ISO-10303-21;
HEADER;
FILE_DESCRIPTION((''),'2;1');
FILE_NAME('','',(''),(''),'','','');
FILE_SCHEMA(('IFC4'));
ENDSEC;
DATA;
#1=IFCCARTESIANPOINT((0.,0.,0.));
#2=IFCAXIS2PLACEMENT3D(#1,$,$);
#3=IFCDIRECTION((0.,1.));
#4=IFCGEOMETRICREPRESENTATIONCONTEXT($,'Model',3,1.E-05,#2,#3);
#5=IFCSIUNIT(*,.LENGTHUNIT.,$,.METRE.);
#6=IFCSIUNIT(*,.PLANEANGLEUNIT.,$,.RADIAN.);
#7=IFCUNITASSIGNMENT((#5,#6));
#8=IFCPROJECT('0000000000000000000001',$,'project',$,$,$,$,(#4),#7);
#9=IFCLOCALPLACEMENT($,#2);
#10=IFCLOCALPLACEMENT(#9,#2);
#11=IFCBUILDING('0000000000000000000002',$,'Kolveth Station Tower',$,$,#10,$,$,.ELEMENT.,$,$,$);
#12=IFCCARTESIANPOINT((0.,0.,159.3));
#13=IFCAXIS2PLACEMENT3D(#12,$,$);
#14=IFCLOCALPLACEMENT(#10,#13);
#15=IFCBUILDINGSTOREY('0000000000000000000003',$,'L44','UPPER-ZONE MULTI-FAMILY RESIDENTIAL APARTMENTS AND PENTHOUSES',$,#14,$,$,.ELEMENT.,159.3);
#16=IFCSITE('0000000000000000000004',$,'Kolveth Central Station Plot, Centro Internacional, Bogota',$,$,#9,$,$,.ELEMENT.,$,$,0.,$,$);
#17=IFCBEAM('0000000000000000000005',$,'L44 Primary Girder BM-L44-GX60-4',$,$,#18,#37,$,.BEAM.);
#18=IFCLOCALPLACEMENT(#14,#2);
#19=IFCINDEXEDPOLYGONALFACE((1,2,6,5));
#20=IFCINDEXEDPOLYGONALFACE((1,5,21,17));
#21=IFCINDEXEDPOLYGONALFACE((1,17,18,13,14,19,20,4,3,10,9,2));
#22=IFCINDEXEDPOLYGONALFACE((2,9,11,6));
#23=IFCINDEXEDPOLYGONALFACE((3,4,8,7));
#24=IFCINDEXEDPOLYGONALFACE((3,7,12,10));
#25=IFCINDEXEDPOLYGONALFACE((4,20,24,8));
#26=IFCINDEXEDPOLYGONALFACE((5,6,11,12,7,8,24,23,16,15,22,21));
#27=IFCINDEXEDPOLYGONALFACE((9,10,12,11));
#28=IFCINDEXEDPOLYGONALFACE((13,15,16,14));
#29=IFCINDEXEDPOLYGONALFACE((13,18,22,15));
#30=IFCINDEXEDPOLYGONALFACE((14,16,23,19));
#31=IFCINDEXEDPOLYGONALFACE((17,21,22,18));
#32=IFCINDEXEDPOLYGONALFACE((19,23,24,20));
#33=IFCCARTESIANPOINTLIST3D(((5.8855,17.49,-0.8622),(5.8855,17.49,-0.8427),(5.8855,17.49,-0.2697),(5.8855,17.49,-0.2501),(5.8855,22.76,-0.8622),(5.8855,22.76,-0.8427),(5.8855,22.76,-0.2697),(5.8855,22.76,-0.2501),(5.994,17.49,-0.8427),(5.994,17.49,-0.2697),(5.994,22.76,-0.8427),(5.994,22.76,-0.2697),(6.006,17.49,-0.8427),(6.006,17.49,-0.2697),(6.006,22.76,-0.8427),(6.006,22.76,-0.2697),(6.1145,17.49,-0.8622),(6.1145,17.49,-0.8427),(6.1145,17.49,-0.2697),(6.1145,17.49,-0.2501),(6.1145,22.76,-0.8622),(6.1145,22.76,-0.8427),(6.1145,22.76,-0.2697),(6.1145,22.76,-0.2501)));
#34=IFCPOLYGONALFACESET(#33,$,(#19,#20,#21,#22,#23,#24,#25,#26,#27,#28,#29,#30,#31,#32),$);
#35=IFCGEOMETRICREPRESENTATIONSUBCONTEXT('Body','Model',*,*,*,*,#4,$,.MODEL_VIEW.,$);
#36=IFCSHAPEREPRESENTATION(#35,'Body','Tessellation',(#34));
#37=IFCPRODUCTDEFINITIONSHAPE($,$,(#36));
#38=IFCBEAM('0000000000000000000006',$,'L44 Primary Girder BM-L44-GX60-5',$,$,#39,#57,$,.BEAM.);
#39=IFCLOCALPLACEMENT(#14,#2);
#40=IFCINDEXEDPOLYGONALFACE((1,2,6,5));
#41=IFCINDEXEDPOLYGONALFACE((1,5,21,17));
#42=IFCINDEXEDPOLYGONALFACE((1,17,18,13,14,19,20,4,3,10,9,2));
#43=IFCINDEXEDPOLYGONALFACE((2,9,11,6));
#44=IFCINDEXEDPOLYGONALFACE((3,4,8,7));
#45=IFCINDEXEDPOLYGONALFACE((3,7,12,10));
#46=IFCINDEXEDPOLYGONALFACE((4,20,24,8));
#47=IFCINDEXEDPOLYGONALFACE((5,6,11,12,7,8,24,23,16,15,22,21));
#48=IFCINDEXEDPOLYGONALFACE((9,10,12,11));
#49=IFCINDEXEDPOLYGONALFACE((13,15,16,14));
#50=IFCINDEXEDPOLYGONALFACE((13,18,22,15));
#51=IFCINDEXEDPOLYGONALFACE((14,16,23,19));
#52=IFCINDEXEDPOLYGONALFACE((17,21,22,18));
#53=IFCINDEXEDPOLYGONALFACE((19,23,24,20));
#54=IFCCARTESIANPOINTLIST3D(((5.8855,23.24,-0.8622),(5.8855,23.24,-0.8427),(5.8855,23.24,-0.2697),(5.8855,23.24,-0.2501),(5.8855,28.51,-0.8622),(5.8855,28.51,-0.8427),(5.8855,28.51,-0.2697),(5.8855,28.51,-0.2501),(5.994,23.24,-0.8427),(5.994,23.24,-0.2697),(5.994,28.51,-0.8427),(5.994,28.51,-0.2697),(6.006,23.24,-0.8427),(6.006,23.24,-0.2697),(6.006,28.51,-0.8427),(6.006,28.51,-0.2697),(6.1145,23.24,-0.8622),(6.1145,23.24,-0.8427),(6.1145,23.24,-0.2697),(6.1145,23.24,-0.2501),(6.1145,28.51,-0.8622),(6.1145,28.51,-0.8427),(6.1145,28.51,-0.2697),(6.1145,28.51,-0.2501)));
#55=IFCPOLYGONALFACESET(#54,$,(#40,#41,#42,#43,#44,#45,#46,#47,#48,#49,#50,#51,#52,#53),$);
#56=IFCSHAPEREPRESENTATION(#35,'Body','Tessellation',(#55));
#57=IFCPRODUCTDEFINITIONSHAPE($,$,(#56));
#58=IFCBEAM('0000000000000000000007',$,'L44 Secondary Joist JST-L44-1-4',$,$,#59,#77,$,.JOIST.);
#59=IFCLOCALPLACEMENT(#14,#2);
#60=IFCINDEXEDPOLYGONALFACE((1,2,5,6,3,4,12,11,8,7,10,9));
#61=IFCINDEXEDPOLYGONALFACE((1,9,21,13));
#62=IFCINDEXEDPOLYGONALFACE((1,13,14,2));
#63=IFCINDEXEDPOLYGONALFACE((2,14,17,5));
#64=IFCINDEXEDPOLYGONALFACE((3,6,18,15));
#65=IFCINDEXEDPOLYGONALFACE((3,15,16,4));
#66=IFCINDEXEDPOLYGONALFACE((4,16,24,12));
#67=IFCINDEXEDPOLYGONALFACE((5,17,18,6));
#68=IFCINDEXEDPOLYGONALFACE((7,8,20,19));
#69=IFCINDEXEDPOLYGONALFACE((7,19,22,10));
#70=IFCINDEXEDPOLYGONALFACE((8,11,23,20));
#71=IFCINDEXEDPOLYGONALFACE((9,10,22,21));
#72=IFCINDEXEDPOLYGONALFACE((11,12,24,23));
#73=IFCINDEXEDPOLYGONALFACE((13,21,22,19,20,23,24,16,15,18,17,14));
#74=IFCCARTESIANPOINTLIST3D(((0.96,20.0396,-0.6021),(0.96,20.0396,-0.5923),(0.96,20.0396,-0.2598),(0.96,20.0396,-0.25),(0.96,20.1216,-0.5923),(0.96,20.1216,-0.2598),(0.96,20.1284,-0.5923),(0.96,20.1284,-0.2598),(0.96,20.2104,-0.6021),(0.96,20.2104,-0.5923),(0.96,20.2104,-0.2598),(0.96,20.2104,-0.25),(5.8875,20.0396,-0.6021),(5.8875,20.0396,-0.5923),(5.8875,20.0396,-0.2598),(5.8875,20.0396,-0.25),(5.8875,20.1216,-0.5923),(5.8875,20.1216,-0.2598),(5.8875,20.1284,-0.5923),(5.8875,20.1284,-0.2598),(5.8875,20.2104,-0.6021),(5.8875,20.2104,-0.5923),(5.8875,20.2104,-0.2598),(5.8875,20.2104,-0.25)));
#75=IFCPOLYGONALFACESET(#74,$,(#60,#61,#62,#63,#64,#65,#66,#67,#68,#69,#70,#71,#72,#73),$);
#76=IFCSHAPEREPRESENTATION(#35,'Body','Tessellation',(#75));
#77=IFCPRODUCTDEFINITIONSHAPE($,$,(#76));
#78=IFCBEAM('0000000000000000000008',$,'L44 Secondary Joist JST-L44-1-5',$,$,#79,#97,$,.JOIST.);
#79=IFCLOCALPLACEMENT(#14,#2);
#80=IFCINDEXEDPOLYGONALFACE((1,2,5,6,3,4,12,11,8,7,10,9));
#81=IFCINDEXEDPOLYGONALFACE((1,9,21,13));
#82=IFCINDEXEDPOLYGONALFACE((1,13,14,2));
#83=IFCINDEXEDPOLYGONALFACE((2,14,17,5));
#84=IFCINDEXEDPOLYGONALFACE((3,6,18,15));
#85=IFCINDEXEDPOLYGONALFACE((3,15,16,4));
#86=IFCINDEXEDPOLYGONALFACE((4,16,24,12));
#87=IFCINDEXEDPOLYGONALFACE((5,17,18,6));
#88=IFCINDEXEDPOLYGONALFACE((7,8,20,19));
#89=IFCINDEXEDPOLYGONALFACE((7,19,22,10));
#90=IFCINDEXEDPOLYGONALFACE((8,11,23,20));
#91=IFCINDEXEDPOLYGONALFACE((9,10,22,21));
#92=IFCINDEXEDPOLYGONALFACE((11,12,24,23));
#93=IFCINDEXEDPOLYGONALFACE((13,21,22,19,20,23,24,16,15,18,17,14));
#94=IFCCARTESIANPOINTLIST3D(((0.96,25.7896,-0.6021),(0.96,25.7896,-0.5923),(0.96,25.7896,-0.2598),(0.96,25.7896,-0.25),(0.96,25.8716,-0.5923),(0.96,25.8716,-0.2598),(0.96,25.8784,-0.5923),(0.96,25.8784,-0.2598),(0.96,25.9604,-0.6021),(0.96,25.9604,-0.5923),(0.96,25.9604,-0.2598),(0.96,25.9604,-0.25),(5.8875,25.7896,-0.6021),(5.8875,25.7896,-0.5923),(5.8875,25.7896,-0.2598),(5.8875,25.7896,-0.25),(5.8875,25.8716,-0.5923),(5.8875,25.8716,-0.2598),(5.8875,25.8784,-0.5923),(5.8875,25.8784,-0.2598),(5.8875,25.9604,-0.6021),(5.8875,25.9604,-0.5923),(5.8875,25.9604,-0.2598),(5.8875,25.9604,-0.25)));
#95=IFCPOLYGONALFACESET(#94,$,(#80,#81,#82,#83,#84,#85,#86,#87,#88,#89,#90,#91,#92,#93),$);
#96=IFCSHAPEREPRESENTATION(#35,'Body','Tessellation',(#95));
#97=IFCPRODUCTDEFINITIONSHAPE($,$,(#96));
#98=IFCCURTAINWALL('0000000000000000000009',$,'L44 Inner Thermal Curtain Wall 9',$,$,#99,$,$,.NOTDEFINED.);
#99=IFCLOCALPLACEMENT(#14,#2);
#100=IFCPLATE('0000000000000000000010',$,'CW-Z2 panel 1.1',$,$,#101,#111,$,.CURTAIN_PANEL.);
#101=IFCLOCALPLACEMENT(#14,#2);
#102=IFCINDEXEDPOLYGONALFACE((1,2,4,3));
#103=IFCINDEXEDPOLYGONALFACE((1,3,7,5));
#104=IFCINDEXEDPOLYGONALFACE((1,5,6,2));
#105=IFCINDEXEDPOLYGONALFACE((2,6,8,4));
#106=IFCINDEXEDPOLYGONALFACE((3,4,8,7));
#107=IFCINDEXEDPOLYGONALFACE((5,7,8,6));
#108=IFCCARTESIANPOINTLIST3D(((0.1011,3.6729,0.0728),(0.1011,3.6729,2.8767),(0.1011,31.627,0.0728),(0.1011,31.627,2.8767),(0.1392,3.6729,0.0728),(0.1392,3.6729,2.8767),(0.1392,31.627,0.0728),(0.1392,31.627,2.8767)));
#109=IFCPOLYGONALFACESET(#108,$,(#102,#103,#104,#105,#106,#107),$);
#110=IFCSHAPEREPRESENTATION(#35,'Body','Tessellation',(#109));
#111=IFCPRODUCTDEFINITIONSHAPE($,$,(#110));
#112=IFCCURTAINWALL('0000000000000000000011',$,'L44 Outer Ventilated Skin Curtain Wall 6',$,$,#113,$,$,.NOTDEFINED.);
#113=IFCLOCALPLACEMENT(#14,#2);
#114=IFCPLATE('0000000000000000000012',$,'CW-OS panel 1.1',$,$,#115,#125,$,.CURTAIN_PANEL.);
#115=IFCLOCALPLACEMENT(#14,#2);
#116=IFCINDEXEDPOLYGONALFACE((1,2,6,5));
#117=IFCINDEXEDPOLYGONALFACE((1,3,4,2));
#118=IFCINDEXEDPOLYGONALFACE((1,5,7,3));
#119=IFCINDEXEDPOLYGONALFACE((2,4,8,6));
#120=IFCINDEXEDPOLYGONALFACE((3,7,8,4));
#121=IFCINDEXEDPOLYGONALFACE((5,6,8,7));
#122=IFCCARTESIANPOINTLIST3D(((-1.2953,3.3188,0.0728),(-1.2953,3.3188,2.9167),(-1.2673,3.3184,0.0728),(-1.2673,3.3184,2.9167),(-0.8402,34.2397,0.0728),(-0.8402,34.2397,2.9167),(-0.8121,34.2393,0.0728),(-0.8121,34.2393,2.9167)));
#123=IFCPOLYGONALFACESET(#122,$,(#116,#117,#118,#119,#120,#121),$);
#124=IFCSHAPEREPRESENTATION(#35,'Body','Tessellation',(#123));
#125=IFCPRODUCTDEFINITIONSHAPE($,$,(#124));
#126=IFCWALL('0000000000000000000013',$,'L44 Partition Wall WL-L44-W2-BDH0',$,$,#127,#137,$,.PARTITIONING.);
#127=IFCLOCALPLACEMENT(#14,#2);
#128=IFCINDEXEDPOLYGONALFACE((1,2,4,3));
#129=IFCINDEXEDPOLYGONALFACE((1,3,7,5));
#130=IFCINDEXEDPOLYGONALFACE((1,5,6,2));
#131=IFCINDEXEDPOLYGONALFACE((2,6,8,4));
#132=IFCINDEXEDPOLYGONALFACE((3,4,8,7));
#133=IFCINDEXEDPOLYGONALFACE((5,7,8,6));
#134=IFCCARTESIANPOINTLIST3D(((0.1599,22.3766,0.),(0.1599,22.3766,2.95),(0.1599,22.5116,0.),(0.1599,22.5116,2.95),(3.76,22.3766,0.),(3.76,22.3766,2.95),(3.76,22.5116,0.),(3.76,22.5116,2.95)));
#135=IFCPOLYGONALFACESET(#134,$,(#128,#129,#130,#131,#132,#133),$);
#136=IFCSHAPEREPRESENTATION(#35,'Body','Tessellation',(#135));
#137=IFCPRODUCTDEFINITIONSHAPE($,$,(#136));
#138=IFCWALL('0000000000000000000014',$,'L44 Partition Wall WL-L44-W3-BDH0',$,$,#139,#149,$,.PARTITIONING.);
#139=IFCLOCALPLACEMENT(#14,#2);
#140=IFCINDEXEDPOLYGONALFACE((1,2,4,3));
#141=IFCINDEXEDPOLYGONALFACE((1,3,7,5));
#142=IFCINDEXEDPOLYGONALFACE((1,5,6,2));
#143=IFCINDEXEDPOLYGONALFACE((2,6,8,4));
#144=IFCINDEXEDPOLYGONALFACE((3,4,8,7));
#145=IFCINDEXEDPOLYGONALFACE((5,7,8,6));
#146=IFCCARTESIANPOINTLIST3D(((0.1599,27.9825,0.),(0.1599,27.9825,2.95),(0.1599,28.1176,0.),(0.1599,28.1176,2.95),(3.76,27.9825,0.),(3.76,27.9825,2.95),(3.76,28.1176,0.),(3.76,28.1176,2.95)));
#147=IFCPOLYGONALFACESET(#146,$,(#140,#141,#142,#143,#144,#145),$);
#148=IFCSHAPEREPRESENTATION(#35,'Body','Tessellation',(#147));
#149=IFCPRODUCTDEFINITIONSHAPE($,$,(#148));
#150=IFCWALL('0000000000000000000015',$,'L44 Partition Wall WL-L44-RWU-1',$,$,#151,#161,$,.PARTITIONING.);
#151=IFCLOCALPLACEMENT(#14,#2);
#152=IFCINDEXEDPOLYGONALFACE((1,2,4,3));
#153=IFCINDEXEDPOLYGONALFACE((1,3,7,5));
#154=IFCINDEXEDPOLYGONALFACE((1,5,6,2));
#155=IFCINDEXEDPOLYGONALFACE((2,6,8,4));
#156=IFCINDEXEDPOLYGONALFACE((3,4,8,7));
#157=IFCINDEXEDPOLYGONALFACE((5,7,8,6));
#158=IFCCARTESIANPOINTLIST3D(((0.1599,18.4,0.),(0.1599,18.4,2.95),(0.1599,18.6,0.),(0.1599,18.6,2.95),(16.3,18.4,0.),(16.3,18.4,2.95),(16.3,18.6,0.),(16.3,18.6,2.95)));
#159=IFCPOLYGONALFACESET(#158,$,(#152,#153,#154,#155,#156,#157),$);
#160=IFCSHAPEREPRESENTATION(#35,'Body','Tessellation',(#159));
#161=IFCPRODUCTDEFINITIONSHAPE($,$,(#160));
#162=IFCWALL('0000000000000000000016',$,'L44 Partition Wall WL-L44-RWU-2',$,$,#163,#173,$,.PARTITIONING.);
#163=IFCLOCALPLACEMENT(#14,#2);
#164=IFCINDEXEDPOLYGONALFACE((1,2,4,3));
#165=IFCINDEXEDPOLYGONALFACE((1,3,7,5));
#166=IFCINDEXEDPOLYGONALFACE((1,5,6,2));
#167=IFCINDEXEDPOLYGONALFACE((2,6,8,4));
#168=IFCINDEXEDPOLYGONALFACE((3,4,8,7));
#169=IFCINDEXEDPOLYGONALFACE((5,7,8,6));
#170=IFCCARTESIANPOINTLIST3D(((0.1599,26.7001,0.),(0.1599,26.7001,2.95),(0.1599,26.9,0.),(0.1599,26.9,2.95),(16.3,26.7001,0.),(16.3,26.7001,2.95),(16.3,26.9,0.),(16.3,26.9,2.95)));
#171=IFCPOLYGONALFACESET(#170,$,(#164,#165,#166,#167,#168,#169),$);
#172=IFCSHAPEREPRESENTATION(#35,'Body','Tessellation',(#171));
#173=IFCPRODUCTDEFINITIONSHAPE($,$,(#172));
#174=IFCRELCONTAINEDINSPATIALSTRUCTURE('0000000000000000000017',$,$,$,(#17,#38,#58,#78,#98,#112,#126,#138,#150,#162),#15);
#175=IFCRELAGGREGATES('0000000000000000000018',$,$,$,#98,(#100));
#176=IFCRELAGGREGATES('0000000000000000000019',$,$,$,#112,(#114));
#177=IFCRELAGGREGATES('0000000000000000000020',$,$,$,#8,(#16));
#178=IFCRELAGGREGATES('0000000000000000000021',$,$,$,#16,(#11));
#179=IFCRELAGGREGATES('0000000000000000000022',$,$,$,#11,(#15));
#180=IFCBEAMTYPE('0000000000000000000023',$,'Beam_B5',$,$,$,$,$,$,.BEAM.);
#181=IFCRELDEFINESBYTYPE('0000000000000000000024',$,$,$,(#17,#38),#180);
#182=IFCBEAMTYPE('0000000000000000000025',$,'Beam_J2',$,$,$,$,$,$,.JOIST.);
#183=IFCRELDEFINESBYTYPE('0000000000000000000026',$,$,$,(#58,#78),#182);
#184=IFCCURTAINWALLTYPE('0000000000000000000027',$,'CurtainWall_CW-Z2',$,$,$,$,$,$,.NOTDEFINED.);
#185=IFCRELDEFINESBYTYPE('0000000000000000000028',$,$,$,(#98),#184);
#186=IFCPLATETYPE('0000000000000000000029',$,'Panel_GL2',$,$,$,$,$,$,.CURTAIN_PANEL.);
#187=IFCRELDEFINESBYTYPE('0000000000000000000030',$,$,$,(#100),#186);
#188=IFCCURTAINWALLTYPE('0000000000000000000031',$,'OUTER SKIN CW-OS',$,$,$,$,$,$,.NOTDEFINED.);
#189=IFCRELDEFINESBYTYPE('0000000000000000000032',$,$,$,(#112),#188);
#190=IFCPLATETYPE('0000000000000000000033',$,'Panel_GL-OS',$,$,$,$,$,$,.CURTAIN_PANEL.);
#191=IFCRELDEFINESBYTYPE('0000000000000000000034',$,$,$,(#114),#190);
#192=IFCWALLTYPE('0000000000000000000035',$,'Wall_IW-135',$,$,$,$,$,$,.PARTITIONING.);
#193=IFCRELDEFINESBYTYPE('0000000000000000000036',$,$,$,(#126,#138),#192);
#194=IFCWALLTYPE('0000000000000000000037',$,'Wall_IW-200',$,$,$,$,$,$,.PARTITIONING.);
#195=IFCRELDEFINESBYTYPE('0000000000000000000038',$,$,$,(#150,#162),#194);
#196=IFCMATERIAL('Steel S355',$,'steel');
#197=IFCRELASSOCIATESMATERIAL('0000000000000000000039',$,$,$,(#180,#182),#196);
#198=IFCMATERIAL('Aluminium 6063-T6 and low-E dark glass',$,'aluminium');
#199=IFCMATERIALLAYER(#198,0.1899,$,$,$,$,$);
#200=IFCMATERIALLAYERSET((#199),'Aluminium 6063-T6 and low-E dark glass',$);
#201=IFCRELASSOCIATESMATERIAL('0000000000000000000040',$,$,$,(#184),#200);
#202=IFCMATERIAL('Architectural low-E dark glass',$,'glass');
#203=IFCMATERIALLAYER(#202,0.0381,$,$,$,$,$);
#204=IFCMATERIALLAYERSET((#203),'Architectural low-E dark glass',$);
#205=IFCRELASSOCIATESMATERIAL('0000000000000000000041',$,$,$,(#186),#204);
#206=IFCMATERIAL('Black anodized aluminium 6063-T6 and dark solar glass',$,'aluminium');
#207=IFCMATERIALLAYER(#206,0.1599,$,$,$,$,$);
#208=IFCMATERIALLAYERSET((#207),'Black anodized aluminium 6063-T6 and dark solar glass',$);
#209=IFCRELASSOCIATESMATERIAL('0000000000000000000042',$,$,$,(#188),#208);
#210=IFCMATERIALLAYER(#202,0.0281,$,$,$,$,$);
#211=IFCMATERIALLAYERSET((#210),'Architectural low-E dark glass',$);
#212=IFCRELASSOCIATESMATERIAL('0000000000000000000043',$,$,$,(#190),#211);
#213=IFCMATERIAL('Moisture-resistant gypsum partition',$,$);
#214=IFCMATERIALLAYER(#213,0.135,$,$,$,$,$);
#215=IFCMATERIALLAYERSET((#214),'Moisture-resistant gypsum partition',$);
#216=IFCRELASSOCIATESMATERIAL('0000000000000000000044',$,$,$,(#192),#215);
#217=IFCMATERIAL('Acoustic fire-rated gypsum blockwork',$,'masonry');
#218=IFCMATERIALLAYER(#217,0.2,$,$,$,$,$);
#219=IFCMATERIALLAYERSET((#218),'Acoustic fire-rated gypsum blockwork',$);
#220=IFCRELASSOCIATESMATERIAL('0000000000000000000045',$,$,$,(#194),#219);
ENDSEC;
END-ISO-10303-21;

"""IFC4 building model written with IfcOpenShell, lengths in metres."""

from ifc_helpers import new_model, si_unit, direction, frame, frame_2d, origin, origin_2d, place, context, subcontext, project, spatial, rectangle, i_section, extrude, source, transform, mapped, material, layer, layer_set, material_profile, profile_set, type_object, element, aggregate, save


model = new_model("IFC4")

# Units and contexts
model_context = context("Model", 3, precision=1e-05, world=origin(), true_north=direction((0.0, 1.0)))
body_context = subcontext(model_context, "Body", "Model", "MODEL_VIEW")
ifc_project = project(units=[si_unit("LENGTHUNIT", "METRE"), si_unit("PLANEANGLEUNIT", "RADIAN")], contexts=[model_context])

# Site, building, storey
site_placement = place(None, origin())
site = spatial("IfcSite", under=ifc_project, at=site_placement, Name="Kolveth Central Station Plot, Centro Internacional, Bogota", CompositionType="ELEMENT", RefElevation=0.0)
building_placement = place(site_placement, origin())
building = spatial("IfcBuilding", under=site, at=building_placement, Name="Kolveth Station Tower", CompositionType="ELEMENT")
storey_placement = place(building_placement, frame((0.0, 0.0, 159.3)))
storey = spatial("IfcBuildingStorey", under=building, at=storey_placement, Name="L44", Description="UPPER-ZONE MULTI-FAMILY RESIDENTIAL APARTMENTS AND PENTHOUSES", CompositionType="ELEMENT", Elevation=159.3)

# Shared definitions
ifc_material_1 = material(Name="Steel S355", Category="steel")

# Beams
ifc_material_profile_1 = material_profile(ifc_material_1, i_section(OverallWidth=0.229, OverallDepth=0.6121, WebThickness=0.012, FlangeThickness=0.0195, at=origin_2d()), Name="W610x125")
ifc_profile_set_1 = profile_set([ifc_material_profile_1], Name="Steel S355")
beam_type_1 = type_object("IfcBeamType", Name="Beam_B5", PredefinedType="BEAM", material=ifc_profile_set_1)
shared_shape_1 = source(origin(), body_context, "Body", "SweptSolid", [
    extrude(i_section(OverallWidth=0.229, OverallDepth=0.6121, WebThickness=0.012, FlangeThickness=0.0195, at=origin_2d()), origin(), (0.0, 0.0, 1.0), 5.27),
])
for number, where, z_axis, x_axis, name in (
    (1, (6.0, 17.49, -0.5562), (0.0, 1.0, 0.0), (-1.0, 0.0, 0.0), "L44 Primary Girder BM-L44-GX60-4"),
    (2, (6.0, 23.24, -0.5562), (0.0, 1.0, 0.0), (-1.0, 0.0, 0.0), "L44 Primary Girder BM-L44-GX60-5"),
):
    element("IfcBeam", number, at=place(storey_placement, frame(where, z_axis=z_axis, x_axis=x_axis)), inside=storey, type_object=beam_type_1, Name=name, PredefinedType="BEAM", context=body_context, shape_type="MappedRepresentation", body=[
        mapped(shared_shape_1, transform((0.0, 0.0, 0.0), x_axis=(1.0, 0.0, 0.0), y_axis=(0.0, 1.0, 0.0), z_axis=(0.0, 0.0, 1.0), scale=1.0)),
    ])
ifc_material_profile_2 = material_profile(ifc_material_1, i_section(OverallWidth=0.1709, OverallDepth=0.3521, WebThickness=0.0068, FlangeThickness=0.0098, at=origin_2d()), Name="W360x44")
ifc_profile_set_2 = profile_set([ifc_material_profile_2], Name="Steel S355")
beam_type_2 = type_object("IfcBeamType", Name="Beam_J2", PredefinedType="JOIST", material=ifc_profile_set_2)
shared_shape_2 = source(origin(), body_context, "Body", "SweptSolid", [
    extrude(i_section(OverallWidth=0.1709, OverallDepth=0.3521, WebThickness=0.0068, FlangeThickness=0.0098, at=origin_2d()), origin(), (0.0, 0.0, 1.0), 4.9275),
])
for number, where, z_axis, x_axis, name in (
    (3, (0.96, 20.125, -0.426), (1.0, 0.0, 0.0), (0.0, 1.0, 0.0), "L44 Secondary Joist JST-L44-1-4"),
    (4, (0.96, 25.875, -0.426), (1.0, 0.0, 0.0), (0.0, 1.0, 0.0), "L44 Secondary Joist JST-L44-1-5"),
):
    element("IfcBeam", number, at=place(storey_placement, frame(where, z_axis=z_axis, x_axis=x_axis)), inside=storey, type_object=beam_type_2, Name=name, PredefinedType="JOIST", context=body_context, shape_type="MappedRepresentation", body=[
        mapped(shared_shape_2, transform((0.0, 0.0, 0.0), x_axis=(1.0, 0.0, 0.0), y_axis=(0.0, 1.0, 0.0), z_axis=(0.0, 0.0, 1.0), scale=1.0)),
    ])

# Curtain walls, plates
ifc_material_2 = material(Name="Aluminium 6063-T6 and low-E dark glass", Category="aluminium")
ifc_layer_1 = layer(ifc_material_2, 0.1899)
ifc_layer_set_1 = layer_set([ifc_layer_1], Name="Aluminium 6063-T6 and low-E dark glass")
curtain_wall_type_1 = type_object("IfcCurtainWallType", Name="CurtainWall_CW-Z2", PredefinedType="NOTDEFINED", material=ifc_layer_set_1)
curtain_wall_1_placement = place(storey_placement, origin())
curtain_wall_1 = element("IfcCurtainWall", 5, at=curtain_wall_1_placement, inside=storey, type_object=curtain_wall_type_1, Name="L44 Inner Thermal Curtain Wall 9", PredefinedType="NOTDEFINED")
ifc_material_3 = material(Name="Architectural low-E dark glass", Category="glass")
ifc_layer_2 = layer(ifc_material_3, 0.0381)
ifc_layer_set_2 = layer_set([ifc_layer_2], Name="Architectural low-E dark glass")
plate_type_1 = type_object("IfcPlateType", Name="Panel_GL2", PredefinedType="CURTAIN_PANEL", material=ifc_layer_set_2)
shared_shape_3 = source(origin(), body_context, "Body", "SweptSolid", [
    extrude(rectangle(XDim=27.9541, YDim=0.0381, at=origin_2d()), origin(), (0.0, 0.0, 1.0), 2.804),
])
plate_1_placement = place(storey_placement, frame((0.1201, 17.6499, 0.0728), z_axis=(0.0, 0.0, 1.0), x_axis=(0.0, -1.0, 0.0)))
plate_1 = element("IfcPlate", 6, at=plate_1_placement, type_object=plate_type_1, Name="CW-Z2 panel 1.1", PredefinedType="CURTAIN_PANEL", context=body_context, shape_type="MappedRepresentation", body=[
    mapped(shared_shape_3, transform((0.0, 0.0, 0.0), x_axis=(1.0, 0.0, 0.0), y_axis=(0.0, 1.0, 0.0), z_axis=(0.0, 0.0, 1.0), scale=1.0)),
])
aggregate(curtain_wall_1, [plate_1])
ifc_material_4 = material(Name="Black anodized aluminium 6063-T6 and dark solar glass", Category="aluminium")
ifc_layer_3 = layer(ifc_material_4, 0.1599)
ifc_layer_set_3 = layer_set([ifc_layer_3], Name="Black anodized aluminium 6063-T6 and dark solar glass")
curtain_wall_type_2 = type_object("IfcCurtainWallType", Name="OUTER SKIN CW-OS", PredefinedType="NOTDEFINED", material=ifc_layer_set_3)
curtain_wall_2_placement = place(storey_placement, origin())
curtain_wall_2 = element("IfcCurtainWall", 7, at=curtain_wall_2_placement, inside=storey, type_object=curtain_wall_type_2, Name="L44 Outer Ventilated Skin Curtain Wall 6", PredefinedType="NOTDEFINED")
ifc_layer_4 = layer(ifc_material_3, 0.0281)
ifc_layer_set_4 = layer_set([ifc_layer_4], Name="Architectural low-E dark glass")
plate_type_2 = type_object("IfcPlateType", Name="Panel_GL-OS", PredefinedType="CURTAIN_PANEL", material=ifc_layer_set_4)
shared_shape_4 = source(origin(), body_context, "Body", "SweptSolid", [
    extrude(rectangle(XDim=30.9243, YDim=0.0281, at=origin_2d()), origin(), (0.0, 0.0, 1.0), 2.844),
])
plate_2_placement = place(storey_placement, frame((-1.0537, 18.7791, 0.0728), z_axis=(0.0, 0.0, 1.0), x_axis=(-0.014718, -0.999892, 0.0)))
plate_2 = element("IfcPlate", 8, at=plate_2_placement, type_object=plate_type_2, Name="CW-OS panel 1.1", PredefinedType="CURTAIN_PANEL", context=body_context, shape_type="MappedRepresentation", body=[
    mapped(shared_shape_4, transform((0.0, 0.0, 0.0), x_axis=(1.0, 0.0, 0.0), y_axis=(0.0, 1.0, 0.0), z_axis=(0.0, 0.0, 1.0), scale=1.0)),
])
aggregate(curtain_wall_2, [plate_2])

# Shared definitions
ifc_material_5 = material(Name="Moisture-resistant gypsum partition")
ifc_layer_5 = layer(ifc_material_5, 0.135)
ifc_layer_set_5 = layer_set([ifc_layer_5], Name="Moisture-resistant gypsum partition")
wall_type_1 = type_object("IfcWallType", Name="Wall_IW-135", PredefinedType="PARTITIONING", material=ifc_layer_set_5)

# Wall
wall_1_placement = place(storey_placement, frame((0.1599, 22.4441, 0.0), z_axis=(0.0, 0.0, 1.0), x_axis=(1.0, 0.0, 0.0)))
element("IfcWall", 9, at=wall_1_placement, inside=storey, type_object=wall_type_1, Name="L44 Partition Wall WL-L44-W2-BDH0", PredefinedType="PARTITIONING", context=body_context, shape_type="SweptSolid", body=[
    extrude(rectangle(XDim=3.6001, YDim=0.135, at=frame_2d((1.8, 0.0))), origin(), (0.0, 0.0, 1.0), 2.95),
])

# Wall
wall_2_placement = place(storey_placement, frame((0.1599, 28.05, 0.0), z_axis=(0.0, 0.0, 1.0), x_axis=(1.0, 0.0, 0.0)))
element("IfcWall", 10, at=wall_2_placement, inside=storey, type_object=wall_type_1, Name="L44 Partition Wall WL-L44-W3-BDH0", PredefinedType="PARTITIONING", context=body_context, shape_type="SweptSolid", body=[
    extrude(rectangle(XDim=3.6001, YDim=0.135, at=frame_2d((1.8, 0.0))), origin(), (0.0, 0.0, 1.0), 2.95),
])

# Walls
ifc_material_6 = material(Name="Acoustic fire-rated gypsum blockwork", Category="masonry")
ifc_layer_6 = layer(ifc_material_6, 0.2)
ifc_layer_set_6 = layer_set([ifc_layer_6], Name="Acoustic fire-rated gypsum blockwork")
wall_type_2 = type_object("IfcWallType", Name="Wall_IW-200", PredefinedType="PARTITIONING", material=ifc_layer_set_6)
for number, where, z_axis, x_axis, name in (
    (11, (0.1599, 18.5, 0.0), (0.0, 0.0, 1.0), (1.0, 0.0, 0.0), "L44 Partition Wall WL-L44-RWU-1"),
    (12, (0.1599, 26.8, 0.0), (0.0, 0.0, 1.0), (1.0, 0.0, 0.0), "L44 Partition Wall WL-L44-RWU-2"),
):
    element("IfcWall", number, at=place(storey_placement, frame(where, z_axis=z_axis, x_axis=x_axis)), inside=storey, type_object=wall_type_2, Name=name, PredefinedType="PARTITIONING", context=body_context, shape_type="SweptSolid", body=[
        extrude(rectangle(XDim=16.1401, YDim=0.2, at=frame_2d((8.0701, 0.0))), origin(), (0.0, 0.0, 1.0), 2.95),
    ])

save(model, "model.ifc")
